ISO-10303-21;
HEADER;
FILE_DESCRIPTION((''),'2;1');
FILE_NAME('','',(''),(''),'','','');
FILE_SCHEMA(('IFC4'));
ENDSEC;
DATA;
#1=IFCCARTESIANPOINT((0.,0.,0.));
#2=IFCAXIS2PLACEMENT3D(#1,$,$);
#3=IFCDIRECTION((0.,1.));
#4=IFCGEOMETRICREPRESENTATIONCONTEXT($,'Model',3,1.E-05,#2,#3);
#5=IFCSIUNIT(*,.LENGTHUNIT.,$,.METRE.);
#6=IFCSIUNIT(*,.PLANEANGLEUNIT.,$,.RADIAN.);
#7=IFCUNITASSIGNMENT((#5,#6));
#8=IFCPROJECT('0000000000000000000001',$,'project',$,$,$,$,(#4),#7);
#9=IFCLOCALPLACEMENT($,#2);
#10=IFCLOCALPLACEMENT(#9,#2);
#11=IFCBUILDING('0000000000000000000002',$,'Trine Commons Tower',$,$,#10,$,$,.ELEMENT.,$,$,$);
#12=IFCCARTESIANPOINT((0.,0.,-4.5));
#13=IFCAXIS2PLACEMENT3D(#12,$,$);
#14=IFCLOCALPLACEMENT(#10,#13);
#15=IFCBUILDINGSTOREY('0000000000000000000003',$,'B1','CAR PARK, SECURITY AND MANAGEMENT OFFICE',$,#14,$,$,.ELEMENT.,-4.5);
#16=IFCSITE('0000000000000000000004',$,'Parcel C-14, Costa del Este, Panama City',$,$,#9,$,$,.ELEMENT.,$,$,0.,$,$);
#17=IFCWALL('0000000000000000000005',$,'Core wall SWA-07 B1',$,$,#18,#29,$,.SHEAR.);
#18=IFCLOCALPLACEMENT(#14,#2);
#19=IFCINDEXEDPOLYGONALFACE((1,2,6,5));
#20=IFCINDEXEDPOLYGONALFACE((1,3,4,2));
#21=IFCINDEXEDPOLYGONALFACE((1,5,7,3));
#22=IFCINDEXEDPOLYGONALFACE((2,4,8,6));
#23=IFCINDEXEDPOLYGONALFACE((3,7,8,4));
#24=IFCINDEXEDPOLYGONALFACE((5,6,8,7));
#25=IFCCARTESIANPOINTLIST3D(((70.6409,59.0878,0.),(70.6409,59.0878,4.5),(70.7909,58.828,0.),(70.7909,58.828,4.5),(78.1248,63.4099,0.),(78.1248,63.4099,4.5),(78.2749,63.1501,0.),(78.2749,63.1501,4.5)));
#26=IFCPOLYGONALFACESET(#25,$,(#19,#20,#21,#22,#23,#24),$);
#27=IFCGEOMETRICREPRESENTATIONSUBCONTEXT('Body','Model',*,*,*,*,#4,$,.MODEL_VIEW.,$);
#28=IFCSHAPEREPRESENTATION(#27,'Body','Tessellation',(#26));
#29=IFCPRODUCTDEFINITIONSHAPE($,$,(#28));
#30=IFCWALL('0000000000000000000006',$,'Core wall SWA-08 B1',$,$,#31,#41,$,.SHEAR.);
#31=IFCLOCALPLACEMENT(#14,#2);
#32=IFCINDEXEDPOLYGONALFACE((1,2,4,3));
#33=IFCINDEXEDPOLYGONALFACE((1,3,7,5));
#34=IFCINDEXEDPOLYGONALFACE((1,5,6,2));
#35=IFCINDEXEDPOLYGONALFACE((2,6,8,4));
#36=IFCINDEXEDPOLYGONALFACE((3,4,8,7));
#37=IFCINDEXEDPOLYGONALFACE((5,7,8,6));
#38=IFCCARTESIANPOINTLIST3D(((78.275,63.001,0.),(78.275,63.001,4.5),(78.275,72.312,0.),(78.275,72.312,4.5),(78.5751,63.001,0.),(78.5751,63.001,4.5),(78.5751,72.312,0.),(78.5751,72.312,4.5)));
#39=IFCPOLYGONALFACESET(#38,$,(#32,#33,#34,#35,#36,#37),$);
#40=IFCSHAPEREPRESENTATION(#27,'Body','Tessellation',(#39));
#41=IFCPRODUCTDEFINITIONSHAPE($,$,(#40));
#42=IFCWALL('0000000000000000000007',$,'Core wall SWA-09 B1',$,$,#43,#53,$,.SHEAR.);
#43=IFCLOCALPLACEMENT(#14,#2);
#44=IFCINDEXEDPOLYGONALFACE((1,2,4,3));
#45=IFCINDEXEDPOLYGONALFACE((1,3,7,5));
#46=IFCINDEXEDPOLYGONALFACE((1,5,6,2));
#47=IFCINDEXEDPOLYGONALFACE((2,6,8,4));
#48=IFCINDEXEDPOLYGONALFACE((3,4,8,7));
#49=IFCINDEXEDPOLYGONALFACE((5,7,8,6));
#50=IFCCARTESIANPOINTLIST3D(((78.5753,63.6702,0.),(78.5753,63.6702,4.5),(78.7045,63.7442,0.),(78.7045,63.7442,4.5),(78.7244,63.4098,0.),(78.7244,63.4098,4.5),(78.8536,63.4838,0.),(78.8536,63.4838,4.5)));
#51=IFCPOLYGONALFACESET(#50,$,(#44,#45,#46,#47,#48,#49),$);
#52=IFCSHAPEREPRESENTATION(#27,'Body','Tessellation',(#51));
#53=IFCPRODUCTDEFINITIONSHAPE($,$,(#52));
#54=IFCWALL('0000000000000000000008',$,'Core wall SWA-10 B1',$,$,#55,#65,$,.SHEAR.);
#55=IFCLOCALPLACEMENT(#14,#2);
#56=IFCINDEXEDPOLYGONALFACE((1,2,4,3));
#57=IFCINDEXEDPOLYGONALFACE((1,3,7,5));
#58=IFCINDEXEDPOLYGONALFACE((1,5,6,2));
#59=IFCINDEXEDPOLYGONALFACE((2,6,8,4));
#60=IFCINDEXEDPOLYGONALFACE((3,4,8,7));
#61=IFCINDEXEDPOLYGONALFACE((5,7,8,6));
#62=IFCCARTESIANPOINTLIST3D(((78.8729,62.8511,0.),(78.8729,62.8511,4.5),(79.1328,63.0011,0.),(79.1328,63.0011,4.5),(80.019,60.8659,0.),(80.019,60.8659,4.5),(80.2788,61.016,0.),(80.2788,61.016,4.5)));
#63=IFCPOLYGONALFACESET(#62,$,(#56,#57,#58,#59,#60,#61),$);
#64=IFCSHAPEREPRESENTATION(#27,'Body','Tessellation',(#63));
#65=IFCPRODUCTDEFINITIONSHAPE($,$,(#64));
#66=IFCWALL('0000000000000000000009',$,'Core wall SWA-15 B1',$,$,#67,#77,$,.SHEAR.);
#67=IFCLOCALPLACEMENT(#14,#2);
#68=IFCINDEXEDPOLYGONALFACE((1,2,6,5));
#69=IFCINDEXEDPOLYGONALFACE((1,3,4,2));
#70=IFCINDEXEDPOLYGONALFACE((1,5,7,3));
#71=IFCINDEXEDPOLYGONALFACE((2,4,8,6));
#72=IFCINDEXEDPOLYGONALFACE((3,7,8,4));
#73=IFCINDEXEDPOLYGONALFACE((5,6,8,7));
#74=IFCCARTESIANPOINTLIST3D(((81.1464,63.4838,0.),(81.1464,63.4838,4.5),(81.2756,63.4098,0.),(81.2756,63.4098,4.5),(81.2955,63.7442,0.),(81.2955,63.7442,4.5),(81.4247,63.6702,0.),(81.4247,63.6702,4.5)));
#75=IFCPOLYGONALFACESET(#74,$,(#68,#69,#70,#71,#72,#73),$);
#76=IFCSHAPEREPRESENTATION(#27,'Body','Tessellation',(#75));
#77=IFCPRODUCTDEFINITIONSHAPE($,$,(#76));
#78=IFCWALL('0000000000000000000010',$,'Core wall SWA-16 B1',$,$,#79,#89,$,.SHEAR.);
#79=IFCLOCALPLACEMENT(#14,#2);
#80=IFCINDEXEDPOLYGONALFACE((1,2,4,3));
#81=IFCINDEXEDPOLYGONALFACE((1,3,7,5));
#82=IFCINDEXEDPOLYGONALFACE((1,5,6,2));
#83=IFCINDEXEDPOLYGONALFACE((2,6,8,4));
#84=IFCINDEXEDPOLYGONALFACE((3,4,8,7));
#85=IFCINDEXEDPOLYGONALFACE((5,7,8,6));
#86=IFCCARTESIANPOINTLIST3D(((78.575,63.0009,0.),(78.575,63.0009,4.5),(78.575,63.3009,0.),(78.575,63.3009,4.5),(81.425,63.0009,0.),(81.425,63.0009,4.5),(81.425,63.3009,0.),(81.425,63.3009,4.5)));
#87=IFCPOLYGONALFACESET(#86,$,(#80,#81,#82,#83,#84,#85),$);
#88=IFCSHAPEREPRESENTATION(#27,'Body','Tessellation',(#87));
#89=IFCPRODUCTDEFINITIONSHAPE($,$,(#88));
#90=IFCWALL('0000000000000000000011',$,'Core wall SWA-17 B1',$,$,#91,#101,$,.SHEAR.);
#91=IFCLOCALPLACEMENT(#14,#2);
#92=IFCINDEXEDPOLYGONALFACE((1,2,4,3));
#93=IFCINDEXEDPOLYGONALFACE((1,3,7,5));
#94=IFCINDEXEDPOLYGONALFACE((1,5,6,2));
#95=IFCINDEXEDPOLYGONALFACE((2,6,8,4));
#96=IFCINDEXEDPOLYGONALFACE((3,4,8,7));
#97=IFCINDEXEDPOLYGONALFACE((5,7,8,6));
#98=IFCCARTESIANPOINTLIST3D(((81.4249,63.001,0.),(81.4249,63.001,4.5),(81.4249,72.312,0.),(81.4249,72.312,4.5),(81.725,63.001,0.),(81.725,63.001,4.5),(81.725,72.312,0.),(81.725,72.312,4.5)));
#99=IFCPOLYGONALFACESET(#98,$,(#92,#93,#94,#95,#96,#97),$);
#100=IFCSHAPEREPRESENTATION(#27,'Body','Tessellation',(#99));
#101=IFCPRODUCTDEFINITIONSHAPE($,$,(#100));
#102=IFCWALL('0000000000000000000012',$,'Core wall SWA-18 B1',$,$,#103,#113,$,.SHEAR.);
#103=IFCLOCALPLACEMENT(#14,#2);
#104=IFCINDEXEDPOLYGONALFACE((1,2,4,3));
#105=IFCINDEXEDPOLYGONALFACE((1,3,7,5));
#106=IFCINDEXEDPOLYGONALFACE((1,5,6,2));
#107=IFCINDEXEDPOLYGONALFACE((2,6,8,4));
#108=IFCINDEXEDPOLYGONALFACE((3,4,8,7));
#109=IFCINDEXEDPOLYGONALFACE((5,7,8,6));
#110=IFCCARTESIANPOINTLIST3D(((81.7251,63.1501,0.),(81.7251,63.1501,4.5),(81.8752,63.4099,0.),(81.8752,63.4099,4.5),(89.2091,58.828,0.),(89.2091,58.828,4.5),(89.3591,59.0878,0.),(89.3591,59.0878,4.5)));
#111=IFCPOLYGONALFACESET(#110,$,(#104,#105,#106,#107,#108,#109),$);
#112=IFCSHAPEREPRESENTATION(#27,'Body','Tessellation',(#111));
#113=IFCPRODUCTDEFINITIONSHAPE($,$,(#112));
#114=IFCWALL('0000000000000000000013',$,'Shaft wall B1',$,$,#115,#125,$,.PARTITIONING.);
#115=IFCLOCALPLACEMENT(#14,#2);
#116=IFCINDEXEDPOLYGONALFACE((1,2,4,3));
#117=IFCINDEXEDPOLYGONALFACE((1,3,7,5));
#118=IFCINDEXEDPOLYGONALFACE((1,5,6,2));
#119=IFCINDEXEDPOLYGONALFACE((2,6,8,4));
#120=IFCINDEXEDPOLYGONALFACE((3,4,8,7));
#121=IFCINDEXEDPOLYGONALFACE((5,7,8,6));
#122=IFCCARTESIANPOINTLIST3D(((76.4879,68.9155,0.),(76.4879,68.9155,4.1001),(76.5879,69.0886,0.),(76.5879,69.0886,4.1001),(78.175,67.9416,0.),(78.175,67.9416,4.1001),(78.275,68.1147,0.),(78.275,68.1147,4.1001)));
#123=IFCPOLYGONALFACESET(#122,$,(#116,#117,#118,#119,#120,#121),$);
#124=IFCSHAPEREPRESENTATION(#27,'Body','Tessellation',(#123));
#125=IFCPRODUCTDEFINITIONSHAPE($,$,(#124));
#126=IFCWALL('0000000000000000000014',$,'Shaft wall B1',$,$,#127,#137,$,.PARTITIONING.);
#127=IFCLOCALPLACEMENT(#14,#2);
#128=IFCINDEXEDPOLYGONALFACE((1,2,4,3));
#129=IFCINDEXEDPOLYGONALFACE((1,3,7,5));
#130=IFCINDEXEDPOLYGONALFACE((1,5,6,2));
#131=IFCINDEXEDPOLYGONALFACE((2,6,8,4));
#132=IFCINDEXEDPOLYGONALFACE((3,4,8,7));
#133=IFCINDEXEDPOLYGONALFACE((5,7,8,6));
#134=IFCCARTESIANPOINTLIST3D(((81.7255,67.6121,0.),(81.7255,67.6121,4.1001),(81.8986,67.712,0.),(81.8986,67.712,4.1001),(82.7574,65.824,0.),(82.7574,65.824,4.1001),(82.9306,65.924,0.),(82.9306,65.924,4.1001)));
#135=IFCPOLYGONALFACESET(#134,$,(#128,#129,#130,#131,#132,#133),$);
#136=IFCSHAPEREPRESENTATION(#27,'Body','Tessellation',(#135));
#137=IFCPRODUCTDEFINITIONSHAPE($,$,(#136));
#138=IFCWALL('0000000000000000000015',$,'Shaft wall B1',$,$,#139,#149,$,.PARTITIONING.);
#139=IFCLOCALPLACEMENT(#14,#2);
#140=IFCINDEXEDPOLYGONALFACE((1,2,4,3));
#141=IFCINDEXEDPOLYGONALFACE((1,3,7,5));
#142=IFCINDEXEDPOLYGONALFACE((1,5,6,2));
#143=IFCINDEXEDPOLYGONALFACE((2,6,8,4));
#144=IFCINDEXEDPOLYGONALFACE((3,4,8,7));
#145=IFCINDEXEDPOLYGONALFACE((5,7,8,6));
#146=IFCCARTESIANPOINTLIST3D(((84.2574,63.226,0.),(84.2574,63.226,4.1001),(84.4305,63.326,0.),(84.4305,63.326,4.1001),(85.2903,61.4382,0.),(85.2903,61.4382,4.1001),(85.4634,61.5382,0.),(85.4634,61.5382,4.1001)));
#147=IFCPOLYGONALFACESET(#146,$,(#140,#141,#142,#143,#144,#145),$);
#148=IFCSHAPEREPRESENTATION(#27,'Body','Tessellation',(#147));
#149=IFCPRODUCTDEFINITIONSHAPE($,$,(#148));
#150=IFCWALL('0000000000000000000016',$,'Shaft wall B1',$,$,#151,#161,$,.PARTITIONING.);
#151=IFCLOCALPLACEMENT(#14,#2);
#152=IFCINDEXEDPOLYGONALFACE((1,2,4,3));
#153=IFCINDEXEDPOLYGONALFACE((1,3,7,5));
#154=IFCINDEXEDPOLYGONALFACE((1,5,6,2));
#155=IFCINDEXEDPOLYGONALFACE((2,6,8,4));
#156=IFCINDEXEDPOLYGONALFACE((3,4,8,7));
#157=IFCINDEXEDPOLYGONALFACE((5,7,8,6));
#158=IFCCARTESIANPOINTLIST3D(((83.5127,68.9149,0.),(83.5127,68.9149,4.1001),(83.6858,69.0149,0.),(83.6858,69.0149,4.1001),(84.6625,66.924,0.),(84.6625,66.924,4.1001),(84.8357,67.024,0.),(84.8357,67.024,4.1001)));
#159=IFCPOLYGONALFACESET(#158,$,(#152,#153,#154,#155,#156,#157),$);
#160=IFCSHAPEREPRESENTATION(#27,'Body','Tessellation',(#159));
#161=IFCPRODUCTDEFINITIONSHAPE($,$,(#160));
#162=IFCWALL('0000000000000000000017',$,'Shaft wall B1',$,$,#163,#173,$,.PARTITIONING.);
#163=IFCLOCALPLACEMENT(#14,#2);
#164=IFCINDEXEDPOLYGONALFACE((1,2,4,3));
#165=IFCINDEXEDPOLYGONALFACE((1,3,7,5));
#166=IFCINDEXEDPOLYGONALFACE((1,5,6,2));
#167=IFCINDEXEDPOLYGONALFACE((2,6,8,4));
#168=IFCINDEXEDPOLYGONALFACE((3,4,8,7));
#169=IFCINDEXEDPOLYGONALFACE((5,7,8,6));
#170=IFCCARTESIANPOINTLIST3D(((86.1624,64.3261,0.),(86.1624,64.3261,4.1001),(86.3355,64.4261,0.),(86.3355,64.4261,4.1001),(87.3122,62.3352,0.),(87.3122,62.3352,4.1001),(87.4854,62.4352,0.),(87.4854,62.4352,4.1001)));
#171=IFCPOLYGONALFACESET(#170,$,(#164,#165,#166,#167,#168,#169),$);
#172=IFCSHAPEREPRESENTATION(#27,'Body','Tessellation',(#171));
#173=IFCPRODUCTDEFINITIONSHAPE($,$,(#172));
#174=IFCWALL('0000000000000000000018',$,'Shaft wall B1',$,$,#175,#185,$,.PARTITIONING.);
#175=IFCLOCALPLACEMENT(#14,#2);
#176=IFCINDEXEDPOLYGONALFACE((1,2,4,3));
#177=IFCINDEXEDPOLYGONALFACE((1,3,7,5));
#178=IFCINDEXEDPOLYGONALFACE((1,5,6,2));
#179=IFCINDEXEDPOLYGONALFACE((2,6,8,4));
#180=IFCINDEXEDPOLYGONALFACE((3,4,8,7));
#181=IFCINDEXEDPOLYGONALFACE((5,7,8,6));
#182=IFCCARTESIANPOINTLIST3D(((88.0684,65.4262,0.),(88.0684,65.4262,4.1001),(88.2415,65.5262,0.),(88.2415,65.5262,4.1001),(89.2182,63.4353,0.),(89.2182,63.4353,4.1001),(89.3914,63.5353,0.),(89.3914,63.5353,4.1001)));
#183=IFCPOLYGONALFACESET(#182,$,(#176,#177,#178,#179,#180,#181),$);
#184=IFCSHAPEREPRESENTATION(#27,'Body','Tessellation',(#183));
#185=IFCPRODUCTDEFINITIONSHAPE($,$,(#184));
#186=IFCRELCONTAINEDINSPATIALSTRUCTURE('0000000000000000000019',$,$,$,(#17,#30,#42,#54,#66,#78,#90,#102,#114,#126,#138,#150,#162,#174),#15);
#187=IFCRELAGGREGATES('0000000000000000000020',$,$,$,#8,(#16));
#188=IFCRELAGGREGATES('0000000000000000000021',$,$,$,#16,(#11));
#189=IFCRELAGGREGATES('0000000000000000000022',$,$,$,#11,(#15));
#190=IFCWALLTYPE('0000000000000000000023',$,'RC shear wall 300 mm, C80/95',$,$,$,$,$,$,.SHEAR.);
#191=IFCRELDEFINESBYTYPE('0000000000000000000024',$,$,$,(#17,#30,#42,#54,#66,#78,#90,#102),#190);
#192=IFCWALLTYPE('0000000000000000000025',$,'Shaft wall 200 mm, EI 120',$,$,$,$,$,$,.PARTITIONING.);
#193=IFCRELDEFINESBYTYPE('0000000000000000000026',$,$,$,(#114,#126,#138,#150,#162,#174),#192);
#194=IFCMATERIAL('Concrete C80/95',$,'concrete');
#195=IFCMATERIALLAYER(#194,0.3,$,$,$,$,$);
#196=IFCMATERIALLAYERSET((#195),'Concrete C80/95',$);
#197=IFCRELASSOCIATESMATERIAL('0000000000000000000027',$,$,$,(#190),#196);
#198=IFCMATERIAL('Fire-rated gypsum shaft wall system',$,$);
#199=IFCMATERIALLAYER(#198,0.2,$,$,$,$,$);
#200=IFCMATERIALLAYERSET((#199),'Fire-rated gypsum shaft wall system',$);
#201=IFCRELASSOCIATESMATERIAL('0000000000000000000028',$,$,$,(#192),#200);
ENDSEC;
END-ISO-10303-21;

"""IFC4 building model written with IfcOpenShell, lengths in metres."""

from ifc_helpers import new_model, si_unit, direction, frame, frame_2d, origin, place, context, subcontext, project, spatial, rectangle, extrude, material, layer, layer_set, type_object, element, save


model = new_model("IFC4")

# Units and contexts
model_context = context("Model", 3, precision=1e-05, world=origin(), true_north=direction((0.0, 1.0)))
body_context = subcontext(model_context, "Body", "Model", "MODEL_VIEW")
ifc_project = project(units=[si_unit("LENGTHUNIT", "METRE"), si_unit("PLANEANGLEUNIT", "RADIAN")], contexts=[model_context])

# Site, building, storey
site_placement = place(None, origin())
site = spatial("IfcSite", under=ifc_project, at=site_placement, Name="Parcel C-14, Costa del Este, Panama City", CompositionType="ELEMENT", RefElevation=0.0)
building_placement = place(site_placement, origin())
building = spatial("IfcBuilding", under=site, at=building_placement, Name="Trine Commons Tower", CompositionType="ELEMENT")
storey_placement = place(building_placement, frame((0.0, 0.0, -4.5)))
storey = spatial("IfcBuildingStorey", under=building, at=storey_placement, Name="B1", Description="CAR PARK, SECURITY AND MANAGEMENT OFFICE", CompositionType="ELEMENT", Elevation=-4.5)

# Shared definitions
ifc_material_1 = material(Name="Fire-rated gypsum shaft wall system")
ifc_material_2 = material(Name="Concrete C80/95", Category="concrete")

# Shared definitions
ifc_layer_1 = layer(ifc_material_2, 0.3)
ifc_layer_set_1 = layer_set([ifc_layer_1], Name="Concrete C80/95")
wall_type_1 = type_object("IfcWallType", Name="RC shear wall 300 mm, C80/95", PredefinedType="SHEAR", material=ifc_layer_set_1)

# Walls
wall_1_placement = place(storey_placement, frame((78.2, 63.28, 0.0), z_axis=(0.0, 0.0, 1.0), x_axis=(-0.865965, -0.500104, 0.0)))
element("IfcWall", 1, at=wall_1_placement, inside=storey, type_object=wall_type_1, Name="Core wall SWA-07 B1", PredefinedType="SHEAR", context=body_context, shape_type="SweptSolid", body=[
    extrude(rectangle(XDim=8.6423, YDim=0.3, at=frame_2d((4.3213, 0.0))), origin(), (0.0, 0.0, 1.0), 4.5),
])
wall_2_placement = place(storey_placement, frame((78.425, 63.001, 0.0), z_axis=(0.0, 0.0, 1.0), x_axis=(0.0, 1.0, 0.0)))
element("IfcWall", 2, at=wall_2_placement, inside=storey, type_object=wall_type_1, Name="Core wall SWA-08 B1", PredefinedType="SHEAR", context=body_context, shape_type="SweptSolid", body=[
    extrude(rectangle(XDim=9.311, YDim=0.3, at=frame_2d((4.6555, 0.0))), origin(), (0.0, 0.0, 1.0), 4.5),
])
wall_3_placement = place(storey_placement, frame((78.7791, 63.614, 0.0), z_axis=(0.0, 0.0, 1.0), x_axis=(-0.867738, -0.497022, 0.0)))
element("IfcWall", 3, at=wall_3_placement, inside=storey, type_object=wall_type_1, Name="Core wall SWA-09 B1", PredefinedType="SHEAR", context=body_context, shape_type="SweptSolid", body=[
    extrude(rectangle(XDim=0.1489, YDim=0.3, at=frame_2d((0.0745, 0.0))), origin(), (0.0, 0.0, 1.0), 4.5),
])
wall_4_placement = place(storey_placement, frame((79.0029, 62.926, 0.0), z_axis=(0.0, 0.0, 1.0), x_axis=(0.499965, -0.866045, 0.0)))
element("IfcWall", 4, at=wall_4_placement, inside=storey, type_object=wall_type_1, Name="Core wall SWA-10 B1", PredefinedType="SHEAR", context=body_context, shape_type="SweptSolid", body=[
    extrude(rectangle(XDim=2.2922, YDim=0.3, at=frame_2d((1.146, 0.0))), origin(), (0.0, 0.0, 1.0), 4.5),
])
wall_5_placement = place(storey_placement, frame((81.2209, 63.614, 0.0), z_axis=(0.0, 0.0, 1.0), x_axis=(0.867738, -0.497022, 0.0)))
element("IfcWall", 5, at=wall_5_placement, inside=storey, type_object=wall_type_1, Name="Core wall SWA-15 B1", PredefinedType="SHEAR", context=body_context, shape_type="SweptSolid", body=[
    extrude(rectangle(XDim=0.1489, YDim=0.3, at=frame_2d((0.0745, 0.0))), origin(), (0.0, 0.0, 1.0), 4.5),
])
wall_6_placement = place(storey_placement, frame((81.425, 63.1509, 0.0), z_axis=(0.0, 0.0, 1.0), x_axis=(-1.0, 0.0, 0.0)))
element("IfcWall", 6, at=wall_6_placement, inside=storey, type_object=wall_type_1, Name="Core wall SWA-16 B1", PredefinedType="SHEAR", context=body_context, shape_type="SweptSolid", body=[
    extrude(rectangle(XDim=2.8501, YDim=0.3, at=frame_2d((1.425, 0.0))), origin(), (0.0, 0.0, 1.0), 4.5),
])
wall_7_placement = place(storey_placement, frame((81.575, 63.001, 0.0), z_axis=(0.0, 0.0, 1.0), x_axis=(0.0, 1.0, 0.0)))
element("IfcWall", 7, at=wall_7_placement, inside=storey, type_object=wall_type_1, Name="Core wall SWA-17 B1", PredefinedType="SHEAR", context=body_context, shape_type="SweptSolid", body=[
    extrude(rectangle(XDim=9.311, YDim=0.3, at=frame_2d((4.6555, 0.0))), origin(), (0.0, 0.0, 1.0), 4.5),
])
wall_8_placement = place(storey_placement, frame((81.8, 63.28, 0.0), z_axis=(0.0, 0.0, 1.0), x_axis=(0.865965, -0.500104, 0.0)))
element("IfcWall", 8, at=wall_8_placement, inside=storey, type_object=wall_type_1, Name="Core wall SWA-18 B1", PredefinedType="SHEAR", context=body_context, shape_type="SweptSolid", body=[
    extrude(rectangle(XDim=8.6423, YDim=0.3, at=frame_2d((4.3213, 0.0))), origin(), (0.0, 0.0, 1.0), 4.5),
])
ifc_layer_2 = layer(ifc_material_1, 0.2)
ifc_layer_set_2 = layer_set([ifc_layer_2], Name="Fire-rated gypsum shaft wall system")
wall_type_2 = type_object("IfcWallType", Name="Shaft wall 200 mm, EI 120", PredefinedType="PARTITIONING", material=ifc_layer_set_2)
wall_9_placement = place(storey_placement, frame((78.2251, 68.0281, 0.0), z_axis=(0.0, 0.0, 1.0), x_axis=(-0.866052, 0.499954, 0.0)))
element("IfcWall", 9, at=wall_9_placement, inside=storey, type_object=wall_type_2, Name="Shaft wall B1", PredefinedType="PARTITIONING", context=body_context, shape_type="SweptSolid", body=[
    extrude(rectangle(XDim=1.948, YDim=0.2, at=frame_2d((0.9741, 0.0))), origin(), (0.0, 0.0, 1.0), 4.1001),
])
wall_10_placement = place(storey_placement, frame((82.844, 65.874, 0.0), z_axis=(0.0, 0.0, 1.0), x_axis=(-0.499866, 0.866103, 0.0)))
element("IfcWall", 10, at=wall_10_placement, inside=storey, type_object=wall_type_2, Name="Shaft wall B1", PredefinedType="PARTITIONING", context=body_context, shape_type="SweptSolid", body=[
    extrude(rectangle(XDim=2.0645, YDim=0.2, at=frame_2d((1.0322, 0.0))), origin(), (0.0, 0.0, 1.0), 4.1001),
])
wall_11_placement = place(storey_placement, frame((84.344, 63.2759, 0.0), z_axis=(0.0, 0.0, 1.0), x_axis=(0.500272, -0.865868, 0.0)))
element("IfcWall", 11, at=wall_11_placement, inside=storey, type_object=wall_type_2, Name="Shaft wall B1", PredefinedType="PARTITIONING", context=body_context, shape_type="SweptSolid", body=[
    extrude(rectangle(XDim=2.0647, YDim=0.2, at=frame_2d((1.0322, 0.0))), origin(), (0.0, 0.0, 1.0), 4.1001),
])
for number, where, z_axis, x_axis, name in (
    (12, (84.749, 66.9741, 0.0), (0.0, 0.0, 1.0), (-0.500136, 0.865947, 0.0), "Shaft wall B1"),
    (13, (86.249, 64.376, 0.0), (0.0, 0.0, 1.0), (0.500136, -0.865947, 0.0), "Shaft wall B1"),
    (14, (88.155, 65.4761, 0.0), (0.0, 0.0, 1.0), (0.500136, -0.865947, 0.0), "Shaft wall B1"),
):
    element("IfcWall", number, at=place(storey_placement, frame(where, z_axis=z_axis, x_axis=x_axis)), inside=storey, type_object=wall_type_2, Name=name, PredefinedType="PARTITIONING", context=body_context, shape_type="SweptSolid", body=[
        extrude(rectangle(XDim=2.2991, YDim=0.2, at=frame_2d((1.1494, 0.0))), origin(), (0.0, 0.0, 1.0), 4.1001),
    ])

save(model, "model.ifc")
